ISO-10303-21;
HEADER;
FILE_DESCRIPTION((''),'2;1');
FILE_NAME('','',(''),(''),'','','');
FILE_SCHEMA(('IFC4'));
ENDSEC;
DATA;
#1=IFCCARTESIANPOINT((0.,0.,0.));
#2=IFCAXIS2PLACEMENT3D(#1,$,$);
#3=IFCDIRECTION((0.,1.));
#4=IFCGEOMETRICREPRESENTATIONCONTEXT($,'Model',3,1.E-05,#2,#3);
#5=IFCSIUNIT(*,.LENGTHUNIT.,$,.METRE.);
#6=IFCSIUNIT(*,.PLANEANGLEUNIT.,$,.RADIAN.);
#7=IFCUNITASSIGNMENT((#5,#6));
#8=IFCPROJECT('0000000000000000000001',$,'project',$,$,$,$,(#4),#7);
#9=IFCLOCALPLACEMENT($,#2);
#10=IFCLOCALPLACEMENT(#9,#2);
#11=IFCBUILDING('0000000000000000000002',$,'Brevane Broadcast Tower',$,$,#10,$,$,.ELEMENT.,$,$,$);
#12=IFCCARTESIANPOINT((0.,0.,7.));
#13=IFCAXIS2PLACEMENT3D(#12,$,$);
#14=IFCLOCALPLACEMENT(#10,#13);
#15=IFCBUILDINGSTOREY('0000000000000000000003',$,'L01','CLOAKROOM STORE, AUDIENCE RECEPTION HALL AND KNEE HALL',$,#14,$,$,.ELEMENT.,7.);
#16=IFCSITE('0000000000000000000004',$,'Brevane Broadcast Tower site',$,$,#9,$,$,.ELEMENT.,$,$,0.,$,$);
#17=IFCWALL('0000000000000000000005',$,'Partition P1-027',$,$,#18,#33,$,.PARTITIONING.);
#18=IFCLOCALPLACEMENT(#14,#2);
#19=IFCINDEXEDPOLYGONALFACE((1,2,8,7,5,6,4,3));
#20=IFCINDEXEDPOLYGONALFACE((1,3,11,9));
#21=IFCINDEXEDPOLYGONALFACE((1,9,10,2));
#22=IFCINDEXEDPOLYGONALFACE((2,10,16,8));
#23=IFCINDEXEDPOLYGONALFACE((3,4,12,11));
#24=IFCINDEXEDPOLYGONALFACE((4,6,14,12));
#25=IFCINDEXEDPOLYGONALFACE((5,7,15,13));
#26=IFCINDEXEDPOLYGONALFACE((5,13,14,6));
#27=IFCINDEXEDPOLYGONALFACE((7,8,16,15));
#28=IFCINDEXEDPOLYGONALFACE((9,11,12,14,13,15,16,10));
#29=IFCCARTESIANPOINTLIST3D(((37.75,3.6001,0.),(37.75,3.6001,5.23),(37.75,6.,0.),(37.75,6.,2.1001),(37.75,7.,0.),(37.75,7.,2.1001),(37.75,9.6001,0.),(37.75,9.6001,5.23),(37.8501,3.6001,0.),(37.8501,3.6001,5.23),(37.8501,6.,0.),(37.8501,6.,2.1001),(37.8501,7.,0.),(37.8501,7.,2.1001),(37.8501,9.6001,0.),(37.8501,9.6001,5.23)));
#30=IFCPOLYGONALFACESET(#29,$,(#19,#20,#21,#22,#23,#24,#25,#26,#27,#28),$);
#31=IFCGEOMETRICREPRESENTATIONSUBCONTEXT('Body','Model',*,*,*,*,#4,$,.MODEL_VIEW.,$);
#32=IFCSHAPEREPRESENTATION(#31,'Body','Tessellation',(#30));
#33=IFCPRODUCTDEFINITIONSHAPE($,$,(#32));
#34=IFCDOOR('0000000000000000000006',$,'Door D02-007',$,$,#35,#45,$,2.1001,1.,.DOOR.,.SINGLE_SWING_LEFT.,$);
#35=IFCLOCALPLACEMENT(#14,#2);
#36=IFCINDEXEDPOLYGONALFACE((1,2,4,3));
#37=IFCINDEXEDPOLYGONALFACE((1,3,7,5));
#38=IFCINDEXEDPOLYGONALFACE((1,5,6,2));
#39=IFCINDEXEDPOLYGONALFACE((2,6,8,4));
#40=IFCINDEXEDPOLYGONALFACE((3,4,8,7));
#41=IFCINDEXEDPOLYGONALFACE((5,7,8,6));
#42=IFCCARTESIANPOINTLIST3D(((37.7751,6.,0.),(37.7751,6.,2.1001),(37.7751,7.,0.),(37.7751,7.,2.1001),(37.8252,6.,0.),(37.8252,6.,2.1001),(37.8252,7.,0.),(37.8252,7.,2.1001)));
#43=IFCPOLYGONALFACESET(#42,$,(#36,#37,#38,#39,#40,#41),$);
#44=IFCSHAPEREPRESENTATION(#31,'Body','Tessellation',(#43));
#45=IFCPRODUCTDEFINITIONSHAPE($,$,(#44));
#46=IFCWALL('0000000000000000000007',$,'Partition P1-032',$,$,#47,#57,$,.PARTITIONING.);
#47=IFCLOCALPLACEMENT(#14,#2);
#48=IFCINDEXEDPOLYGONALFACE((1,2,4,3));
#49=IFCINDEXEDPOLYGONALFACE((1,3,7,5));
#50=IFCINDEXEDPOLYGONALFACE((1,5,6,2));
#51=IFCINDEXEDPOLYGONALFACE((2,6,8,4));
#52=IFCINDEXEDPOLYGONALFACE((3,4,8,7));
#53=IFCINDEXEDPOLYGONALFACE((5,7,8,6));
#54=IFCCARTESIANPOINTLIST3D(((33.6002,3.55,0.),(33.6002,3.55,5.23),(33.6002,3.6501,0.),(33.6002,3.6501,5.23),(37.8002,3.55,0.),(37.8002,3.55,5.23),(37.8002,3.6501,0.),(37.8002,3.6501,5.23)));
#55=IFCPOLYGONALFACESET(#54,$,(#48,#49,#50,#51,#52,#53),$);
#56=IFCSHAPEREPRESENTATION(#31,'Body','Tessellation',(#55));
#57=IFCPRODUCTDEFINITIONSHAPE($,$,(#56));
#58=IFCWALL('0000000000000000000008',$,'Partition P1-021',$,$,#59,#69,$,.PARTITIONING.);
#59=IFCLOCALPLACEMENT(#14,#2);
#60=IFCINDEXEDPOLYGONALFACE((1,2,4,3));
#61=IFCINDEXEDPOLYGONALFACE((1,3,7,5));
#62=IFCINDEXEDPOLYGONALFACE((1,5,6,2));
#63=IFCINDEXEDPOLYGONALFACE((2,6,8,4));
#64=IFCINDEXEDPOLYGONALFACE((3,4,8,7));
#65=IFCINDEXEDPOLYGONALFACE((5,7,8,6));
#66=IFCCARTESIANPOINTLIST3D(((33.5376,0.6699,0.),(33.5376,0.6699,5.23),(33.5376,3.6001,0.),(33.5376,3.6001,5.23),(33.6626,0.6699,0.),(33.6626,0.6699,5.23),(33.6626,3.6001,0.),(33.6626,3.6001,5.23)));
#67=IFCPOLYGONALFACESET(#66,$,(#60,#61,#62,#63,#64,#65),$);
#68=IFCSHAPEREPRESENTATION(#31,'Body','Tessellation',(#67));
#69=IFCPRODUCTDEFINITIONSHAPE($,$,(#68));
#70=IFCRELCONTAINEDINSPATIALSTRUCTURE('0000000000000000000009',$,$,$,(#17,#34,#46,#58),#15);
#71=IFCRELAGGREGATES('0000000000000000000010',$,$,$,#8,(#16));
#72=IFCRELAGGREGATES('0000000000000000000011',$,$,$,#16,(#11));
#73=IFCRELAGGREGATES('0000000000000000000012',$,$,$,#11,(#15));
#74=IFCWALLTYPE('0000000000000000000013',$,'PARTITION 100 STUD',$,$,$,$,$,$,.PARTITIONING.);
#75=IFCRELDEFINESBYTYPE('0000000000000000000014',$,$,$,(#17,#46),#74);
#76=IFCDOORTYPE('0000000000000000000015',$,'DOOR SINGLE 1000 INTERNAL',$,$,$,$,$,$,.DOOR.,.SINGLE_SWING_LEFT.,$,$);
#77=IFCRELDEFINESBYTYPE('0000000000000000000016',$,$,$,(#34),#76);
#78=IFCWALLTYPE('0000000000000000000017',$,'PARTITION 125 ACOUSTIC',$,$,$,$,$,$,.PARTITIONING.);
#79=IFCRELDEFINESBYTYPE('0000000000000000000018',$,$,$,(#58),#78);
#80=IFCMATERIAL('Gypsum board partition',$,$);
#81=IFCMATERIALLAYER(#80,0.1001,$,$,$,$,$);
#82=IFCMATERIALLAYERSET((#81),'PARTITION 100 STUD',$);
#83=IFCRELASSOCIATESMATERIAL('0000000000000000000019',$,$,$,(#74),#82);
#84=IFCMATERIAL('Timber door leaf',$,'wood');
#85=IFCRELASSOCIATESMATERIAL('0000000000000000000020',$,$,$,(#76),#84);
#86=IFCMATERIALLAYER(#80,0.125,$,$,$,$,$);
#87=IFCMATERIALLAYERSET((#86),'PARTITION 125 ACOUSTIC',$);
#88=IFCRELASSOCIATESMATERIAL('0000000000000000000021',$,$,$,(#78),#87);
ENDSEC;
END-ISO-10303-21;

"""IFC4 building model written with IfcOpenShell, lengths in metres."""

from ifc_helpers import new_model, si_unit, direction, frame, frame_2d, origin, place, context, subcontext, project, spatial, rectangle, extrude, material, layer, layer_set, type_object, element, fill, save


model = new_model("IFC4")

# Units and contexts
model_context = context("Model", 3, precision=1e-05, world=origin(), true_north=direction((0.0, 1.0)))
body_context = subcontext(model_context, "Body", "Model", "MODEL_VIEW")
ifc_project = project(units=[si_unit("LENGTHUNIT", "METRE"), si_unit("PLANEANGLEUNIT", "RADIAN")], contexts=[model_context])

# Site, building, storey
site_placement = place(None, origin())
site = spatial("IfcSite", under=ifc_project, at=site_placement, Name="Brevane Broadcast Tower site", CompositionType="ELEMENT", RefElevation=0.0)
building_placement = place(site_placement, origin())
building = spatial("IfcBuilding", under=site, at=building_placement, Name="Brevane Broadcast Tower", CompositionType="ELEMENT")
storey_placement = place(building_placement, frame((0.0, 0.0, 7.0)))
storey = spatial("IfcBuildingStorey", under=building, at=storey_placement, Name="L01", Description="CLOAKROOM STORE, AUDIENCE RECEPTION HALL AND KNEE HALL", CompositionType="ELEMENT", Elevation=7.0)

# Wall, opening, door
ifc_material_1 = material(Name="Gypsum board partition")
ifc_layer_1 = layer(ifc_material_1, 0.1001)
ifc_layer_set_1 = layer_set([ifc_layer_1], Name="PARTITION 100 STUD")
wall_type_1 = type_object("IfcWallType", Name="PARTITION 100 STUD", PredefinedType="PARTITIONING", material=ifc_layer_set_1)
ifc_material_2 = material(Name="Timber door leaf", Category="wood")
door_type = type_object("IfcDoorType", Name="DOOR SINGLE 1000 INTERNAL", OperationType="SINGLE_SWING_LEFT", PredefinedType="DOOR", material=ifc_material_2)
wall_1_placement = place(storey_placement, frame((37.8, 3.6001, 0.0), z_axis=(0.0, 0.0, 1.0), x_axis=(0.0, 1.0, 0.0)))
wall_1 = element("IfcWall", 1, at=wall_1_placement, inside=storey, type_object=wall_type_1, Name="Partition P1-027", PredefinedType="PARTITIONING", context=body_context, shape_type="SweptSolid", body=[
    extrude(rectangle(XDim=6.0, YDim=0.1001, at=frame_2d((3.0, 0.0))), origin(), (0.0, 0.0, 1.0), 5.23),
])
opening_1_placement = place(wall_1_placement, frame((2.3999, 0.0, 0.0)))
opening_1 = element("IfcOpeningElement", 2, at=opening_1_placement, cuts=wall_1, PredefinedType="OPENING", context=body_context, shape_type="SweptSolid", body=[
    extrude(rectangle(XDim=1.0, YDim=2.1001, at=frame_2d((0.5, 1.05))), frame((0.0, 0.0601, 0.0), z_axis=(0.0, -1.0, 0.0), x_axis=(1.0, 0.0, 0.0)), (0.0, 0.0, 1.0), 0.1201),
])
door_1_placement = place(opening_1_placement, origin())
door_1 = element("IfcDoor", 3, at=door_1_placement, inside=storey, type_object=door_type, Name="Door D02-007", OperationType="SINGLE_SWING_LEFT", OverallHeight=2.1001, OverallWidth=1.0, PredefinedType="DOOR", context=body_context, shape_type="SweptSolid", body=[
    extrude(rectangle(XDim=1.0, YDim=2.1001, at=frame_2d((0.5, 1.05))), frame((0.0, 0.0249, 0.0), z_axis=(0.0, -1.0, 0.0), x_axis=(1.0, 0.0, 0.0)), (0.0, 0.0, 1.0), 0.05),
])
fill(opening_1, door_1)

# Walls
wall_2_placement = place(storey_placement, frame((33.6001, 3.6001, 0.0), z_axis=(0.0, 0.0, 1.0), x_axis=(1.0, 0.0, 0.0)))
element("IfcWall", 4, at=wall_2_placement, inside=storey, type_object=wall_type_1, Name="Partition P1-032", PredefinedType="PARTITIONING", context=body_context, shape_type="SweptSolid", body=[
    extrude(rectangle(XDim=4.2, YDim=0.1001, at=frame_2d((2.1001, 0.0))), origin(), (0.0, 0.0, 1.0), 5.23),
])
ifc_layer_2 = layer(ifc_material_1, 0.125)
ifc_layer_set_2 = layer_set([ifc_layer_2], Name="PARTITION 125 ACOUSTIC")
wall_type_2 = type_object("IfcWallType", Name="PARTITION 125 ACOUSTIC", PredefinedType="PARTITIONING", material=ifc_layer_set_2)
wall_3_placement = place(storey_placement, frame((33.6001, 3.6001, 0.0), z_axis=(0.0, 0.0, 1.0), x_axis=(0.0, -1.0, 0.0)))
element("IfcWall", 5, at=wall_3_placement, inside=storey, type_object=wall_type_2, Name="Partition P1-021", PredefinedType="PARTITIONING", context=body_context, shape_type="SweptSolid", body=[
    extrude(rectangle(XDim=2.9302, YDim=0.125, at=frame_2d((1.4651, 0.0))), origin(), (0.0, 0.0, 1.0), 5.23),
])

save(model, "model.ifc")
